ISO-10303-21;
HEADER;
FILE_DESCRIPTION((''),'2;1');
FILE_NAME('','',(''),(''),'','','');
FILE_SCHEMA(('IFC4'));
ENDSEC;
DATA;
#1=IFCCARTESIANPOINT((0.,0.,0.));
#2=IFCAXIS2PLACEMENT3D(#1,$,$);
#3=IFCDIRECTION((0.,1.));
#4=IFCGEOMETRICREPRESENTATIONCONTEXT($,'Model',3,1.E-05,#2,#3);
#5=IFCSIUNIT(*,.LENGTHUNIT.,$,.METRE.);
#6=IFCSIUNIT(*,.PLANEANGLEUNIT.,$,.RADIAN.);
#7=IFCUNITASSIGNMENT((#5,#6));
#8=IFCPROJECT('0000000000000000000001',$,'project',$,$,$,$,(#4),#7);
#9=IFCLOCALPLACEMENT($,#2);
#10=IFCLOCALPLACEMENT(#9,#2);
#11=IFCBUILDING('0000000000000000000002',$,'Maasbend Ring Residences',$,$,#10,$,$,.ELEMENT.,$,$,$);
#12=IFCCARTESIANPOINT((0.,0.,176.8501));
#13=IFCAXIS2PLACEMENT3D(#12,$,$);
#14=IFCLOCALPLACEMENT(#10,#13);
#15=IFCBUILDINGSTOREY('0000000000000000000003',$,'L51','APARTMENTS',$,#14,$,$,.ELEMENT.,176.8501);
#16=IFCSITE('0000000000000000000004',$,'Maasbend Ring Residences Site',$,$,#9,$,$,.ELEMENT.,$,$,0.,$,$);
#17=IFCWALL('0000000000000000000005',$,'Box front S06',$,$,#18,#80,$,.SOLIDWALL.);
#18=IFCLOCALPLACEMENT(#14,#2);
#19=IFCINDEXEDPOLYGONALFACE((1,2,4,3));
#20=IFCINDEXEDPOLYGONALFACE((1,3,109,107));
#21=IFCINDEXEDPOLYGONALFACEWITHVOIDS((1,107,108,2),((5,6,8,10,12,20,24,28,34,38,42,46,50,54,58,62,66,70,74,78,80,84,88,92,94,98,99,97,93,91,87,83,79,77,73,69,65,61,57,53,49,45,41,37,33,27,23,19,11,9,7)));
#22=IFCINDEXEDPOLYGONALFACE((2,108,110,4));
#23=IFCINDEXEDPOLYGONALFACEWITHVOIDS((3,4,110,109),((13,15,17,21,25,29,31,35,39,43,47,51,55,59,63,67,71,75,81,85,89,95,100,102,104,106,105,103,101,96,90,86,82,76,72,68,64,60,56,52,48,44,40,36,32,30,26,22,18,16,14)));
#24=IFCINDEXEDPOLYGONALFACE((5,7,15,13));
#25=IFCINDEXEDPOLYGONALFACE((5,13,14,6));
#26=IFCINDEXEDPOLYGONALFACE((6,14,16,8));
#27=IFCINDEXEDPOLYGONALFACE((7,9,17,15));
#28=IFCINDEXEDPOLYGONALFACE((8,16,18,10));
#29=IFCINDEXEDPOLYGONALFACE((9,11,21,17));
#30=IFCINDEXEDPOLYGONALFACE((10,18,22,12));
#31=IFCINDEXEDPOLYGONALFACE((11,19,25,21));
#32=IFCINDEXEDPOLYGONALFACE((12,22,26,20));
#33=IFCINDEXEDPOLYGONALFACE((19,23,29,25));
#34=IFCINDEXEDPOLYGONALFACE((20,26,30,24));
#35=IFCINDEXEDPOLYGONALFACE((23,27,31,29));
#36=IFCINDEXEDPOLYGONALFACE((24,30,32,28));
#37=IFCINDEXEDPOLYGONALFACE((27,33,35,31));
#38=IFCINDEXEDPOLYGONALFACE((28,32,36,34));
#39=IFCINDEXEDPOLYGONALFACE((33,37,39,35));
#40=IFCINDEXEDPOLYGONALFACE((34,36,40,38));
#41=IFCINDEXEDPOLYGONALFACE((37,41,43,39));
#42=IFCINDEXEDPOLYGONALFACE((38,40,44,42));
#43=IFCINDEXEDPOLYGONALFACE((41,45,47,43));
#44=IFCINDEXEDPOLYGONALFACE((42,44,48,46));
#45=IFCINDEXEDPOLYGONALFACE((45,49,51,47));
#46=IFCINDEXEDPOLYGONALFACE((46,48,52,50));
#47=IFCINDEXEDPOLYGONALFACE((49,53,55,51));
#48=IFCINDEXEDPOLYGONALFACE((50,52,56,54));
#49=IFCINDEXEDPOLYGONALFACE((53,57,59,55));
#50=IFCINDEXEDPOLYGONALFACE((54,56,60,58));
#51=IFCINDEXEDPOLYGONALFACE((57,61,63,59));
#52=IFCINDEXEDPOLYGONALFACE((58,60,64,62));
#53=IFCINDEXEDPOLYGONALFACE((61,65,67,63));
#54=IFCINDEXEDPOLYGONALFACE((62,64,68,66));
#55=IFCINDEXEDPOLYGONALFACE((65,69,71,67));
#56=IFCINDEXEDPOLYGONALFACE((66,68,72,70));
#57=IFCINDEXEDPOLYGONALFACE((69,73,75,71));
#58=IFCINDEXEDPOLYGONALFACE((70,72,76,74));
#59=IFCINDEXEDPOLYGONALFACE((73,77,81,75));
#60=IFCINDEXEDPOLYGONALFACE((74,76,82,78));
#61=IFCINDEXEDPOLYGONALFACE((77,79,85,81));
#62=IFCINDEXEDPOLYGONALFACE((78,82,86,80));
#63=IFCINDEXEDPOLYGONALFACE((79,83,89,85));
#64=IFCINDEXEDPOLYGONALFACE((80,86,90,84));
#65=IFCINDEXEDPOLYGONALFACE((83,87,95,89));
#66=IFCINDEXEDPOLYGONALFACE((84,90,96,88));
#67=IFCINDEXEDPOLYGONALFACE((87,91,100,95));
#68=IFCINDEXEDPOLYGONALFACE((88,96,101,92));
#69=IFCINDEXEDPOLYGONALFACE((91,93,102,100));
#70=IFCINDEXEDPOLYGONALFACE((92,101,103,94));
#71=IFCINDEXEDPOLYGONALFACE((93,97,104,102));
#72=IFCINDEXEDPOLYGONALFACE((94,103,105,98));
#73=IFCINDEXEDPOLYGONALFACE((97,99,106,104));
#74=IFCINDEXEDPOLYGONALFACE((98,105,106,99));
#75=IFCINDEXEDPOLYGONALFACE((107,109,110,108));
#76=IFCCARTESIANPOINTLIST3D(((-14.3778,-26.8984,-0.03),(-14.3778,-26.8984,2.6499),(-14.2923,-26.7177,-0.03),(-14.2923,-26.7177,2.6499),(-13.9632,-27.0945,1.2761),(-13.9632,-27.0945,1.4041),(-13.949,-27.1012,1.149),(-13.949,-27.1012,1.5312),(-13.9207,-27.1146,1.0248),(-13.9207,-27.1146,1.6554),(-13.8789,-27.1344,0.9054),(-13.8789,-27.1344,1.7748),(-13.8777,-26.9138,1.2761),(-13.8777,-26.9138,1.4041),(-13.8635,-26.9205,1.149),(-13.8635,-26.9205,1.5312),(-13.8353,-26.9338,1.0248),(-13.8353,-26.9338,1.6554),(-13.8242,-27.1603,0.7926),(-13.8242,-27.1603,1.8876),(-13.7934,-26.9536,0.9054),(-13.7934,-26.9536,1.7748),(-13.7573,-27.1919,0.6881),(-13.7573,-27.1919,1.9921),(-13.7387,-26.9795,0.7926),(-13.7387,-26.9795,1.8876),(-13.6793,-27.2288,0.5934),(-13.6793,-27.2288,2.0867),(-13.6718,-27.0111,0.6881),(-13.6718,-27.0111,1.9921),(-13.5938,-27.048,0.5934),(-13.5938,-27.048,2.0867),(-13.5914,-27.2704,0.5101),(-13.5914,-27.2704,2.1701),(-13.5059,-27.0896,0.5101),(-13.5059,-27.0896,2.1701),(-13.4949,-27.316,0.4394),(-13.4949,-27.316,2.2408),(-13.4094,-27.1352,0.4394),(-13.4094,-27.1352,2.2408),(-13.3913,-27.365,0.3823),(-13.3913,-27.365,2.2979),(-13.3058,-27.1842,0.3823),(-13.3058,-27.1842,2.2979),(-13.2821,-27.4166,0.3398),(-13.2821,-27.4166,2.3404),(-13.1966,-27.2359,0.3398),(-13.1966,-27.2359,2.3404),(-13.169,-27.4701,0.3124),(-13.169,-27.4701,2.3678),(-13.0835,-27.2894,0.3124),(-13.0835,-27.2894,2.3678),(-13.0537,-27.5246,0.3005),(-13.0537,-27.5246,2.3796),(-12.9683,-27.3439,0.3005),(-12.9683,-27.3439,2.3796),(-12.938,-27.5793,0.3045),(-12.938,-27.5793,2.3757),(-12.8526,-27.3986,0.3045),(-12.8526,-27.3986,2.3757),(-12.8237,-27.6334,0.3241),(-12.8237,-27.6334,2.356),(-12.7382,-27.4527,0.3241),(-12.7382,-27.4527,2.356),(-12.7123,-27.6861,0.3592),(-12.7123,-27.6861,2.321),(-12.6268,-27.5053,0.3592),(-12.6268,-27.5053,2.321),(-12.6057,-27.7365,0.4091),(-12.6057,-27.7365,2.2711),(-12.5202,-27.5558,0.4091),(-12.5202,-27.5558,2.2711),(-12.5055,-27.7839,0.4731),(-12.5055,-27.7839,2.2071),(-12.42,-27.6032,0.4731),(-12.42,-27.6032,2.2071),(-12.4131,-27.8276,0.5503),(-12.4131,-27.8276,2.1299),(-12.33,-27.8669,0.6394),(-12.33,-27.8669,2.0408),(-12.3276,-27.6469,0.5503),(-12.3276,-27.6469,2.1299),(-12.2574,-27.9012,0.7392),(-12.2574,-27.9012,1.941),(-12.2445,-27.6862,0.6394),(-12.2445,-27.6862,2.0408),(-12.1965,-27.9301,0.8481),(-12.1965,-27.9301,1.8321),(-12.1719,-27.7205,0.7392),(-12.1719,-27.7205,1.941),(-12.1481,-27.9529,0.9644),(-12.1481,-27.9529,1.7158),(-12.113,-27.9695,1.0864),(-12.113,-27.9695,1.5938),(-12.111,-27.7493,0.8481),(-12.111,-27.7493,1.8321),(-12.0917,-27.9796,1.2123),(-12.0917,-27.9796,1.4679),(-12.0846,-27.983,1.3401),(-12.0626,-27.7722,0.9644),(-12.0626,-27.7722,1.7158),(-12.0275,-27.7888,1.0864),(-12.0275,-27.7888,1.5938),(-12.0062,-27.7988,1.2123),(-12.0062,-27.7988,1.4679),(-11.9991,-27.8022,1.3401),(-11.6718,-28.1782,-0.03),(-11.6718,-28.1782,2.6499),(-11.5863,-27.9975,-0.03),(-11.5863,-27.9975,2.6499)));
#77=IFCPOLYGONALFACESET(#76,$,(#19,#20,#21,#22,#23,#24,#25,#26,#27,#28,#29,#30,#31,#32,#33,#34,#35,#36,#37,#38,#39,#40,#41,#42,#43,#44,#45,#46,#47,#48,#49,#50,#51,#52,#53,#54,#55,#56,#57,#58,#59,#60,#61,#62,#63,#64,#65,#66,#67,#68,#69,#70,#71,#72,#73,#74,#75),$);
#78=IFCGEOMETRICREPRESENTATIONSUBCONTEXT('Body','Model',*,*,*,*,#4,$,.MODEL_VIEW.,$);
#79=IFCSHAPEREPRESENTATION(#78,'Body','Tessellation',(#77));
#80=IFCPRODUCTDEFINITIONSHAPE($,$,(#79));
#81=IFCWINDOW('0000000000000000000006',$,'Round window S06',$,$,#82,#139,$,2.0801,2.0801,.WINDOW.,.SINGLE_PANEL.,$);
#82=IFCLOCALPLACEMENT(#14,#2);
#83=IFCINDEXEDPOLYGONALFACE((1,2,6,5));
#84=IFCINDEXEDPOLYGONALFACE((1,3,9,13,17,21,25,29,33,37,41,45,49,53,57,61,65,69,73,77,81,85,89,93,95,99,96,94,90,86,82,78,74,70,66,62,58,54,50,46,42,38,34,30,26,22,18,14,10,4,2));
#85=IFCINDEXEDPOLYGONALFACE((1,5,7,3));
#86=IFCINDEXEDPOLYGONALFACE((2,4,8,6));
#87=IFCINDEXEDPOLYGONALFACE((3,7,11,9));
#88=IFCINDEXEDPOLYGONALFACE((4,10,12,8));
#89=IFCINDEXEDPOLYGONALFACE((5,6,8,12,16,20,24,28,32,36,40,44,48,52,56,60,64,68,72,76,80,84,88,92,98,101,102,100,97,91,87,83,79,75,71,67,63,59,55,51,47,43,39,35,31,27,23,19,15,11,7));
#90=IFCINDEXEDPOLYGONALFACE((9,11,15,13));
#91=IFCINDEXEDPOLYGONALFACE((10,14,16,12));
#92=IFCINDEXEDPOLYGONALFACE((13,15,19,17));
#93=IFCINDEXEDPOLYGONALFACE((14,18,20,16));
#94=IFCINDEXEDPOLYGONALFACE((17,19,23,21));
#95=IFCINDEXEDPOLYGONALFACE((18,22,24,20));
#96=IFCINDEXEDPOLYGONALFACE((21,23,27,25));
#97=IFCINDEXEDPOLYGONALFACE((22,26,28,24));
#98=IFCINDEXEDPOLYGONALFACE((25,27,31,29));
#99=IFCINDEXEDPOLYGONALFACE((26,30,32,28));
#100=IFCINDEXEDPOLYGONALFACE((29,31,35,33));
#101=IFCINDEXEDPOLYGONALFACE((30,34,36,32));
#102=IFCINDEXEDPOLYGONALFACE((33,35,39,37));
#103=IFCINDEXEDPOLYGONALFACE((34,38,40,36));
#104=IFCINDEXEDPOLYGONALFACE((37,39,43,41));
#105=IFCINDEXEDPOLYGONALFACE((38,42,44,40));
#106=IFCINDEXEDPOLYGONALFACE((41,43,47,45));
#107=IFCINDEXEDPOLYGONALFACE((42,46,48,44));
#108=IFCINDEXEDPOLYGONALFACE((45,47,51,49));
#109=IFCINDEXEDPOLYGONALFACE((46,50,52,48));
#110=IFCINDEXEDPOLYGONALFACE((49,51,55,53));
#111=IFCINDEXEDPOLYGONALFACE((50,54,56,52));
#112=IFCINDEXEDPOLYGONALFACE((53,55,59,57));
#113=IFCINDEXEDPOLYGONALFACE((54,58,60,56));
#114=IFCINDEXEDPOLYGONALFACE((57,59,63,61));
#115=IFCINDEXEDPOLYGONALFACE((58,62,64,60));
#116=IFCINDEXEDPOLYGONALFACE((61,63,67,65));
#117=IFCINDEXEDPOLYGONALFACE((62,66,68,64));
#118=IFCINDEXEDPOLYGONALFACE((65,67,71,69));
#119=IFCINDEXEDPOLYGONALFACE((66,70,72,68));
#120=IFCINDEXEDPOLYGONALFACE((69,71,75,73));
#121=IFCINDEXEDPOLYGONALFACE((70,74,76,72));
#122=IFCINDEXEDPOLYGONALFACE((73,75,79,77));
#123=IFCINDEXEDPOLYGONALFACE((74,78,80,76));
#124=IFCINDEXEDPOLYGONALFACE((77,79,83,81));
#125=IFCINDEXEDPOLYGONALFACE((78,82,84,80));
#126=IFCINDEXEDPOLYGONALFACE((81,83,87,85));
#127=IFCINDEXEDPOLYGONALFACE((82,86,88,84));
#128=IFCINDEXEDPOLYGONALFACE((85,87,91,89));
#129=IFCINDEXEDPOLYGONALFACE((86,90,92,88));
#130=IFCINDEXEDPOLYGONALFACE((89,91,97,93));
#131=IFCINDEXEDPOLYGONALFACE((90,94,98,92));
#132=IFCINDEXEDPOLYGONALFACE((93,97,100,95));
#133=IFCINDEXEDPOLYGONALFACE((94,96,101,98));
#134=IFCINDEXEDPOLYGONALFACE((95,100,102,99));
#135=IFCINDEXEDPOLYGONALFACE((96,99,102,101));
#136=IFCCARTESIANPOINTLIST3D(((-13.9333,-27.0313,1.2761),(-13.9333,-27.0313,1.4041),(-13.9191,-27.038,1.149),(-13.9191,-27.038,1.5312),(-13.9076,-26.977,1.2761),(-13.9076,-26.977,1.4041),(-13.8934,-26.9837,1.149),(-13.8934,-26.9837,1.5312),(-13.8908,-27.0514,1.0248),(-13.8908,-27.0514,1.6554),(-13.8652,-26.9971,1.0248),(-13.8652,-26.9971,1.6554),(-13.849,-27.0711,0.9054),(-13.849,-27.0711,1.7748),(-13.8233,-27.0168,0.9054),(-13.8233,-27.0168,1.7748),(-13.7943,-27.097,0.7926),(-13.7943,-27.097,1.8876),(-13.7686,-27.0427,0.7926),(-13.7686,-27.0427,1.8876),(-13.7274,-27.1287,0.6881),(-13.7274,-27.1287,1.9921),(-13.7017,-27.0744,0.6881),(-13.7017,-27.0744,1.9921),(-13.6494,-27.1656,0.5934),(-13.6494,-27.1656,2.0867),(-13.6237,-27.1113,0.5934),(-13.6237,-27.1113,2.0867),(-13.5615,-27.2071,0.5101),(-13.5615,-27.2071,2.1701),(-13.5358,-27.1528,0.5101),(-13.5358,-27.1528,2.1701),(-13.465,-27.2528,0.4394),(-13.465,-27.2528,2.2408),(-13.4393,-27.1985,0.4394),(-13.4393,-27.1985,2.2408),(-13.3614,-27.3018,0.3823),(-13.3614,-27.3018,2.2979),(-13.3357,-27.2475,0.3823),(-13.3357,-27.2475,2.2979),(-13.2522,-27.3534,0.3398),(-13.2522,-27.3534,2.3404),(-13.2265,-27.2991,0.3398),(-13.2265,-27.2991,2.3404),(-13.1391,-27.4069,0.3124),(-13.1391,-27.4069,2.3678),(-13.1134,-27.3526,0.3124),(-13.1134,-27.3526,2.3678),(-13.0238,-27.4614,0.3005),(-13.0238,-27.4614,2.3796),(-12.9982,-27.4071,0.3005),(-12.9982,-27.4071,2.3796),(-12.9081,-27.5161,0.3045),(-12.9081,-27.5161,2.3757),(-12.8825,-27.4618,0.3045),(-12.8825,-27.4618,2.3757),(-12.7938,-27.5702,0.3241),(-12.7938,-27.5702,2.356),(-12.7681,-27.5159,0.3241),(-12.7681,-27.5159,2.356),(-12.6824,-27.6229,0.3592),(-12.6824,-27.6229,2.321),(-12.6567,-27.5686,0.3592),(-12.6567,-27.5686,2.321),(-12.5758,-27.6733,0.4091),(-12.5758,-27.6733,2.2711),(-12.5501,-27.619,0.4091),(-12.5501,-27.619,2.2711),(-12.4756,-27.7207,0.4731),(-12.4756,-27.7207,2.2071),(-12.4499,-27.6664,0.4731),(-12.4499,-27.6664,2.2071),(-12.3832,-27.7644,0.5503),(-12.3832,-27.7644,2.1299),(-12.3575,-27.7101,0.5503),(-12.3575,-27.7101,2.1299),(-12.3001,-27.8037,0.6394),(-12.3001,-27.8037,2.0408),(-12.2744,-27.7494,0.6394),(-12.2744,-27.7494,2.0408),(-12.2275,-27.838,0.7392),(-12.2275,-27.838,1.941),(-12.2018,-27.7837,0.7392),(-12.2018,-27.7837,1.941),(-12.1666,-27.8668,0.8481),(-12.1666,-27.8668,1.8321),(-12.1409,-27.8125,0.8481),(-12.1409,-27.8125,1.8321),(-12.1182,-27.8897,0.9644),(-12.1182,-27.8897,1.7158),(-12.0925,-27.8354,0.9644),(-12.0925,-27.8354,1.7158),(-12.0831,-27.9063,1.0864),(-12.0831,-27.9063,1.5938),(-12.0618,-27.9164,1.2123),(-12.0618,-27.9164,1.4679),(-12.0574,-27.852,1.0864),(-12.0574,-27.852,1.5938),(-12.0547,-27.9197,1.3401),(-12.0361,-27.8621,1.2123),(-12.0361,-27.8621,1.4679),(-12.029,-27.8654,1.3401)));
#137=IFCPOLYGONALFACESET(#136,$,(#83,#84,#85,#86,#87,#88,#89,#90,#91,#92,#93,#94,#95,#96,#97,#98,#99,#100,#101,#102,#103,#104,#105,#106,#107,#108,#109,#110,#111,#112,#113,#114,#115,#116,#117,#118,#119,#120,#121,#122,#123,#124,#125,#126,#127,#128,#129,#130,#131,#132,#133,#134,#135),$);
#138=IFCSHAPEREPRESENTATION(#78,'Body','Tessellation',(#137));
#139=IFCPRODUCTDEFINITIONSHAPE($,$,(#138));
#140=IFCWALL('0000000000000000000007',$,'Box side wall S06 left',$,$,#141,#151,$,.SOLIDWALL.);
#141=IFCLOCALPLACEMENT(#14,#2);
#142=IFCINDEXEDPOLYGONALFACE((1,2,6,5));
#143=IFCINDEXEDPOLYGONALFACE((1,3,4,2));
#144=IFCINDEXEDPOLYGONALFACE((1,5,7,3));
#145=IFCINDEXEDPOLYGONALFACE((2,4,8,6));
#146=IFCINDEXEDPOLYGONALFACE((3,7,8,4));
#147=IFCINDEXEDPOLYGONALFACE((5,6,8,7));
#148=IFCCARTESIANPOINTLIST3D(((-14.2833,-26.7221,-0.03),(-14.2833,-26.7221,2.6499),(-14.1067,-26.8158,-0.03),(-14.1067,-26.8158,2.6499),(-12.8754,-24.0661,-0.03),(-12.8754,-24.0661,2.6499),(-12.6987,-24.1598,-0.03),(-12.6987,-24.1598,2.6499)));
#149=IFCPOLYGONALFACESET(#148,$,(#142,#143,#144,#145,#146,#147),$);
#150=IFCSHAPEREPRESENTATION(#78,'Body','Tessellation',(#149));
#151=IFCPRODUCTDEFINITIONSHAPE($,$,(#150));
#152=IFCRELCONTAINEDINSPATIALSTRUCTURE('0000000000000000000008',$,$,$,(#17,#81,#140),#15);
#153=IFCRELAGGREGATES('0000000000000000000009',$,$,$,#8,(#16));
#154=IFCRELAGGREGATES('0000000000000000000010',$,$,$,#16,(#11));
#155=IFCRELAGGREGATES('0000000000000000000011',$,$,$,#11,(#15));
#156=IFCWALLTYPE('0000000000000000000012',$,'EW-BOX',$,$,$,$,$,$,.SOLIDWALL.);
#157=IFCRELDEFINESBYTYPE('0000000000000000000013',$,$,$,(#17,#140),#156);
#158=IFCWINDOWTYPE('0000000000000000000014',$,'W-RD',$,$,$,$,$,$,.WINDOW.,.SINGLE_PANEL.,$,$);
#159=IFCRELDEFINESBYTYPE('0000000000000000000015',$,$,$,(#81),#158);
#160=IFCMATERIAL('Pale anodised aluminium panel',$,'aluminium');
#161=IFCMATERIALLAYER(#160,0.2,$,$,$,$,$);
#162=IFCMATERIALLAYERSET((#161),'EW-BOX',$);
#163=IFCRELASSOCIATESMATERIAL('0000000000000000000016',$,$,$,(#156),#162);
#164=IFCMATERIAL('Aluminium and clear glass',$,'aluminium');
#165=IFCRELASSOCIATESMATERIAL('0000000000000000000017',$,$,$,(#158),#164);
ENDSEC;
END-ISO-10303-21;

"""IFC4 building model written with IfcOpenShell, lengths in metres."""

from ifc_helpers import new_model, si_unit, direction, frame, frame_2d, origin, place, context, subcontext, project, spatial, rectangle, circle, extrude, material, layer, layer_set, type_object, element, fill, save


model = new_model("IFC4")

# Units and contexts
model_context = context("Model", 3, precision=1e-05, world=origin(), true_north=direction((0.0, 1.0)))
body_context = subcontext(model_context, "Body", "Model", "MODEL_VIEW")
ifc_project = project(units=[si_unit("LENGTHUNIT", "METRE"), si_unit("PLANEANGLEUNIT", "RADIAN")], contexts=[model_context])

# Site, building, storey
site_placement = place(None, origin())
site = spatial("IfcSite", under=ifc_project, at=site_placement, Name="Maasbend Ring Residences Site", CompositionType="ELEMENT", RefElevation=0.0)
building_placement = place(site_placement, origin())
building = spatial("IfcBuilding", under=site, at=building_placement, Name="Maasbend Ring Residences", CompositionType="ELEMENT")
storey_placement = place(building_placement, frame((0.0, 0.0, 176.8501)))
storey = spatial("IfcBuildingStorey", under=building, at=storey_placement, Name="L51", Description="APARTMENTS", CompositionType="ELEMENT", Elevation=176.8501)

# Shared definitions
ifc_material_1 = material(Name="Pale anodised aluminium panel", Category="aluminium")
ifc_layer_1 = layer(ifc_material_1, 0.2)
ifc_layer_set_1 = layer_set([ifc_layer_1], Name="EW-BOX")
wall_type_1 = type_object("IfcWallType", Name="EW-BOX", PredefinedType="SOLIDWALL", material=ifc_layer_set_1)

# Shared definitions
ifc_material_2 = material(Name="Aluminium and clear glass", Category="aluminium")
window_type_1 = type_object("IfcWindowType", Name="W-RD", PartitioningType="SINGLE_PANEL", PredefinedType="WINDOW", material=ifc_material_2)

# Wall, opening, window
wall_1_placement = place(storey_placement, frame((-14.335, -26.8081, -0.03), z_axis=(0.0, 0.0, 1.0), x_axis=(0.904, -0.427532, 0.0)))
wall_1 = element("IfcWall", 1, at=wall_1_placement, inside=storey, type_object=wall_type_1, Name="Box front S06", PredefinedType="SOLIDWALL", context=body_context, shape_type="SweptSolid", body=[
    extrude(rectangle(XDim=2.9934, YDim=0.2, at=frame_2d((1.4966, 0.0))), origin(), (0.0, 0.0, 1.0), 2.6799),
])
opening_1_placement = place(wall_1_placement, frame((0.4565, 0.0, 0.3301)))
opening_1 = element("IfcOpeningElement", 2, at=opening_1_placement, cuts=wall_1, PredefinedType="OPENING", context=body_context, shape_type="SweptSolid", body=[
    extrude(circle(Radius=1.04, at=frame_2d((1.04, 1.04))), frame((0.0, 0.1099, 0.0), z_axis=(0.0, -1.0, 0.0), x_axis=(1.0, 0.0, 0.0)), (0.0, 0.0, 1.0), 0.22),
])
window_1_placement = place(opening_1_placement, origin())
window_1 = element("IfcWindow", 3, at=window_1_placement, inside=storey, type_object=window_type_1, Name="Round window S06", OverallHeight=2.0801, OverallWidth=2.0801, PartitioningType="SINGLE_PANEL", PredefinedType="WINDOW", context=body_context, shape_type="SweptSolid", body=[
    extrude(circle(Radius=1.04, at=frame_2d((1.04, 1.04))), frame((0.0, 0.03, 0.0), z_axis=(0.0, -1.0, 0.0), x_axis=(1.0, 0.0, 0.0)), (0.0, 0.0, 1.0), 0.0601),
])
fill(opening_1, window_1)

# Wall
wall_2_placement = place(storey_placement, frame((-12.7871, -24.113, -0.03), z_axis=(0.0, 0.0, 1.0), x_axis=(-0.468365, -0.883535, 0.0)))
element("IfcWall", 4, at=wall_2_placement, inside=storey, type_object=wall_type_1, Name="Box side wall S06 left", PredefinedType="SOLIDWALL", context=body_context, shape_type="SweptSolid", body=[
    extrude(rectangle(XDim=3.0061, YDim=0.2, at=frame_2d((1.5029, 0.0))), origin(), (0.0, 0.0, 1.0), 2.6799),
])

save(model, "model.ifc")
